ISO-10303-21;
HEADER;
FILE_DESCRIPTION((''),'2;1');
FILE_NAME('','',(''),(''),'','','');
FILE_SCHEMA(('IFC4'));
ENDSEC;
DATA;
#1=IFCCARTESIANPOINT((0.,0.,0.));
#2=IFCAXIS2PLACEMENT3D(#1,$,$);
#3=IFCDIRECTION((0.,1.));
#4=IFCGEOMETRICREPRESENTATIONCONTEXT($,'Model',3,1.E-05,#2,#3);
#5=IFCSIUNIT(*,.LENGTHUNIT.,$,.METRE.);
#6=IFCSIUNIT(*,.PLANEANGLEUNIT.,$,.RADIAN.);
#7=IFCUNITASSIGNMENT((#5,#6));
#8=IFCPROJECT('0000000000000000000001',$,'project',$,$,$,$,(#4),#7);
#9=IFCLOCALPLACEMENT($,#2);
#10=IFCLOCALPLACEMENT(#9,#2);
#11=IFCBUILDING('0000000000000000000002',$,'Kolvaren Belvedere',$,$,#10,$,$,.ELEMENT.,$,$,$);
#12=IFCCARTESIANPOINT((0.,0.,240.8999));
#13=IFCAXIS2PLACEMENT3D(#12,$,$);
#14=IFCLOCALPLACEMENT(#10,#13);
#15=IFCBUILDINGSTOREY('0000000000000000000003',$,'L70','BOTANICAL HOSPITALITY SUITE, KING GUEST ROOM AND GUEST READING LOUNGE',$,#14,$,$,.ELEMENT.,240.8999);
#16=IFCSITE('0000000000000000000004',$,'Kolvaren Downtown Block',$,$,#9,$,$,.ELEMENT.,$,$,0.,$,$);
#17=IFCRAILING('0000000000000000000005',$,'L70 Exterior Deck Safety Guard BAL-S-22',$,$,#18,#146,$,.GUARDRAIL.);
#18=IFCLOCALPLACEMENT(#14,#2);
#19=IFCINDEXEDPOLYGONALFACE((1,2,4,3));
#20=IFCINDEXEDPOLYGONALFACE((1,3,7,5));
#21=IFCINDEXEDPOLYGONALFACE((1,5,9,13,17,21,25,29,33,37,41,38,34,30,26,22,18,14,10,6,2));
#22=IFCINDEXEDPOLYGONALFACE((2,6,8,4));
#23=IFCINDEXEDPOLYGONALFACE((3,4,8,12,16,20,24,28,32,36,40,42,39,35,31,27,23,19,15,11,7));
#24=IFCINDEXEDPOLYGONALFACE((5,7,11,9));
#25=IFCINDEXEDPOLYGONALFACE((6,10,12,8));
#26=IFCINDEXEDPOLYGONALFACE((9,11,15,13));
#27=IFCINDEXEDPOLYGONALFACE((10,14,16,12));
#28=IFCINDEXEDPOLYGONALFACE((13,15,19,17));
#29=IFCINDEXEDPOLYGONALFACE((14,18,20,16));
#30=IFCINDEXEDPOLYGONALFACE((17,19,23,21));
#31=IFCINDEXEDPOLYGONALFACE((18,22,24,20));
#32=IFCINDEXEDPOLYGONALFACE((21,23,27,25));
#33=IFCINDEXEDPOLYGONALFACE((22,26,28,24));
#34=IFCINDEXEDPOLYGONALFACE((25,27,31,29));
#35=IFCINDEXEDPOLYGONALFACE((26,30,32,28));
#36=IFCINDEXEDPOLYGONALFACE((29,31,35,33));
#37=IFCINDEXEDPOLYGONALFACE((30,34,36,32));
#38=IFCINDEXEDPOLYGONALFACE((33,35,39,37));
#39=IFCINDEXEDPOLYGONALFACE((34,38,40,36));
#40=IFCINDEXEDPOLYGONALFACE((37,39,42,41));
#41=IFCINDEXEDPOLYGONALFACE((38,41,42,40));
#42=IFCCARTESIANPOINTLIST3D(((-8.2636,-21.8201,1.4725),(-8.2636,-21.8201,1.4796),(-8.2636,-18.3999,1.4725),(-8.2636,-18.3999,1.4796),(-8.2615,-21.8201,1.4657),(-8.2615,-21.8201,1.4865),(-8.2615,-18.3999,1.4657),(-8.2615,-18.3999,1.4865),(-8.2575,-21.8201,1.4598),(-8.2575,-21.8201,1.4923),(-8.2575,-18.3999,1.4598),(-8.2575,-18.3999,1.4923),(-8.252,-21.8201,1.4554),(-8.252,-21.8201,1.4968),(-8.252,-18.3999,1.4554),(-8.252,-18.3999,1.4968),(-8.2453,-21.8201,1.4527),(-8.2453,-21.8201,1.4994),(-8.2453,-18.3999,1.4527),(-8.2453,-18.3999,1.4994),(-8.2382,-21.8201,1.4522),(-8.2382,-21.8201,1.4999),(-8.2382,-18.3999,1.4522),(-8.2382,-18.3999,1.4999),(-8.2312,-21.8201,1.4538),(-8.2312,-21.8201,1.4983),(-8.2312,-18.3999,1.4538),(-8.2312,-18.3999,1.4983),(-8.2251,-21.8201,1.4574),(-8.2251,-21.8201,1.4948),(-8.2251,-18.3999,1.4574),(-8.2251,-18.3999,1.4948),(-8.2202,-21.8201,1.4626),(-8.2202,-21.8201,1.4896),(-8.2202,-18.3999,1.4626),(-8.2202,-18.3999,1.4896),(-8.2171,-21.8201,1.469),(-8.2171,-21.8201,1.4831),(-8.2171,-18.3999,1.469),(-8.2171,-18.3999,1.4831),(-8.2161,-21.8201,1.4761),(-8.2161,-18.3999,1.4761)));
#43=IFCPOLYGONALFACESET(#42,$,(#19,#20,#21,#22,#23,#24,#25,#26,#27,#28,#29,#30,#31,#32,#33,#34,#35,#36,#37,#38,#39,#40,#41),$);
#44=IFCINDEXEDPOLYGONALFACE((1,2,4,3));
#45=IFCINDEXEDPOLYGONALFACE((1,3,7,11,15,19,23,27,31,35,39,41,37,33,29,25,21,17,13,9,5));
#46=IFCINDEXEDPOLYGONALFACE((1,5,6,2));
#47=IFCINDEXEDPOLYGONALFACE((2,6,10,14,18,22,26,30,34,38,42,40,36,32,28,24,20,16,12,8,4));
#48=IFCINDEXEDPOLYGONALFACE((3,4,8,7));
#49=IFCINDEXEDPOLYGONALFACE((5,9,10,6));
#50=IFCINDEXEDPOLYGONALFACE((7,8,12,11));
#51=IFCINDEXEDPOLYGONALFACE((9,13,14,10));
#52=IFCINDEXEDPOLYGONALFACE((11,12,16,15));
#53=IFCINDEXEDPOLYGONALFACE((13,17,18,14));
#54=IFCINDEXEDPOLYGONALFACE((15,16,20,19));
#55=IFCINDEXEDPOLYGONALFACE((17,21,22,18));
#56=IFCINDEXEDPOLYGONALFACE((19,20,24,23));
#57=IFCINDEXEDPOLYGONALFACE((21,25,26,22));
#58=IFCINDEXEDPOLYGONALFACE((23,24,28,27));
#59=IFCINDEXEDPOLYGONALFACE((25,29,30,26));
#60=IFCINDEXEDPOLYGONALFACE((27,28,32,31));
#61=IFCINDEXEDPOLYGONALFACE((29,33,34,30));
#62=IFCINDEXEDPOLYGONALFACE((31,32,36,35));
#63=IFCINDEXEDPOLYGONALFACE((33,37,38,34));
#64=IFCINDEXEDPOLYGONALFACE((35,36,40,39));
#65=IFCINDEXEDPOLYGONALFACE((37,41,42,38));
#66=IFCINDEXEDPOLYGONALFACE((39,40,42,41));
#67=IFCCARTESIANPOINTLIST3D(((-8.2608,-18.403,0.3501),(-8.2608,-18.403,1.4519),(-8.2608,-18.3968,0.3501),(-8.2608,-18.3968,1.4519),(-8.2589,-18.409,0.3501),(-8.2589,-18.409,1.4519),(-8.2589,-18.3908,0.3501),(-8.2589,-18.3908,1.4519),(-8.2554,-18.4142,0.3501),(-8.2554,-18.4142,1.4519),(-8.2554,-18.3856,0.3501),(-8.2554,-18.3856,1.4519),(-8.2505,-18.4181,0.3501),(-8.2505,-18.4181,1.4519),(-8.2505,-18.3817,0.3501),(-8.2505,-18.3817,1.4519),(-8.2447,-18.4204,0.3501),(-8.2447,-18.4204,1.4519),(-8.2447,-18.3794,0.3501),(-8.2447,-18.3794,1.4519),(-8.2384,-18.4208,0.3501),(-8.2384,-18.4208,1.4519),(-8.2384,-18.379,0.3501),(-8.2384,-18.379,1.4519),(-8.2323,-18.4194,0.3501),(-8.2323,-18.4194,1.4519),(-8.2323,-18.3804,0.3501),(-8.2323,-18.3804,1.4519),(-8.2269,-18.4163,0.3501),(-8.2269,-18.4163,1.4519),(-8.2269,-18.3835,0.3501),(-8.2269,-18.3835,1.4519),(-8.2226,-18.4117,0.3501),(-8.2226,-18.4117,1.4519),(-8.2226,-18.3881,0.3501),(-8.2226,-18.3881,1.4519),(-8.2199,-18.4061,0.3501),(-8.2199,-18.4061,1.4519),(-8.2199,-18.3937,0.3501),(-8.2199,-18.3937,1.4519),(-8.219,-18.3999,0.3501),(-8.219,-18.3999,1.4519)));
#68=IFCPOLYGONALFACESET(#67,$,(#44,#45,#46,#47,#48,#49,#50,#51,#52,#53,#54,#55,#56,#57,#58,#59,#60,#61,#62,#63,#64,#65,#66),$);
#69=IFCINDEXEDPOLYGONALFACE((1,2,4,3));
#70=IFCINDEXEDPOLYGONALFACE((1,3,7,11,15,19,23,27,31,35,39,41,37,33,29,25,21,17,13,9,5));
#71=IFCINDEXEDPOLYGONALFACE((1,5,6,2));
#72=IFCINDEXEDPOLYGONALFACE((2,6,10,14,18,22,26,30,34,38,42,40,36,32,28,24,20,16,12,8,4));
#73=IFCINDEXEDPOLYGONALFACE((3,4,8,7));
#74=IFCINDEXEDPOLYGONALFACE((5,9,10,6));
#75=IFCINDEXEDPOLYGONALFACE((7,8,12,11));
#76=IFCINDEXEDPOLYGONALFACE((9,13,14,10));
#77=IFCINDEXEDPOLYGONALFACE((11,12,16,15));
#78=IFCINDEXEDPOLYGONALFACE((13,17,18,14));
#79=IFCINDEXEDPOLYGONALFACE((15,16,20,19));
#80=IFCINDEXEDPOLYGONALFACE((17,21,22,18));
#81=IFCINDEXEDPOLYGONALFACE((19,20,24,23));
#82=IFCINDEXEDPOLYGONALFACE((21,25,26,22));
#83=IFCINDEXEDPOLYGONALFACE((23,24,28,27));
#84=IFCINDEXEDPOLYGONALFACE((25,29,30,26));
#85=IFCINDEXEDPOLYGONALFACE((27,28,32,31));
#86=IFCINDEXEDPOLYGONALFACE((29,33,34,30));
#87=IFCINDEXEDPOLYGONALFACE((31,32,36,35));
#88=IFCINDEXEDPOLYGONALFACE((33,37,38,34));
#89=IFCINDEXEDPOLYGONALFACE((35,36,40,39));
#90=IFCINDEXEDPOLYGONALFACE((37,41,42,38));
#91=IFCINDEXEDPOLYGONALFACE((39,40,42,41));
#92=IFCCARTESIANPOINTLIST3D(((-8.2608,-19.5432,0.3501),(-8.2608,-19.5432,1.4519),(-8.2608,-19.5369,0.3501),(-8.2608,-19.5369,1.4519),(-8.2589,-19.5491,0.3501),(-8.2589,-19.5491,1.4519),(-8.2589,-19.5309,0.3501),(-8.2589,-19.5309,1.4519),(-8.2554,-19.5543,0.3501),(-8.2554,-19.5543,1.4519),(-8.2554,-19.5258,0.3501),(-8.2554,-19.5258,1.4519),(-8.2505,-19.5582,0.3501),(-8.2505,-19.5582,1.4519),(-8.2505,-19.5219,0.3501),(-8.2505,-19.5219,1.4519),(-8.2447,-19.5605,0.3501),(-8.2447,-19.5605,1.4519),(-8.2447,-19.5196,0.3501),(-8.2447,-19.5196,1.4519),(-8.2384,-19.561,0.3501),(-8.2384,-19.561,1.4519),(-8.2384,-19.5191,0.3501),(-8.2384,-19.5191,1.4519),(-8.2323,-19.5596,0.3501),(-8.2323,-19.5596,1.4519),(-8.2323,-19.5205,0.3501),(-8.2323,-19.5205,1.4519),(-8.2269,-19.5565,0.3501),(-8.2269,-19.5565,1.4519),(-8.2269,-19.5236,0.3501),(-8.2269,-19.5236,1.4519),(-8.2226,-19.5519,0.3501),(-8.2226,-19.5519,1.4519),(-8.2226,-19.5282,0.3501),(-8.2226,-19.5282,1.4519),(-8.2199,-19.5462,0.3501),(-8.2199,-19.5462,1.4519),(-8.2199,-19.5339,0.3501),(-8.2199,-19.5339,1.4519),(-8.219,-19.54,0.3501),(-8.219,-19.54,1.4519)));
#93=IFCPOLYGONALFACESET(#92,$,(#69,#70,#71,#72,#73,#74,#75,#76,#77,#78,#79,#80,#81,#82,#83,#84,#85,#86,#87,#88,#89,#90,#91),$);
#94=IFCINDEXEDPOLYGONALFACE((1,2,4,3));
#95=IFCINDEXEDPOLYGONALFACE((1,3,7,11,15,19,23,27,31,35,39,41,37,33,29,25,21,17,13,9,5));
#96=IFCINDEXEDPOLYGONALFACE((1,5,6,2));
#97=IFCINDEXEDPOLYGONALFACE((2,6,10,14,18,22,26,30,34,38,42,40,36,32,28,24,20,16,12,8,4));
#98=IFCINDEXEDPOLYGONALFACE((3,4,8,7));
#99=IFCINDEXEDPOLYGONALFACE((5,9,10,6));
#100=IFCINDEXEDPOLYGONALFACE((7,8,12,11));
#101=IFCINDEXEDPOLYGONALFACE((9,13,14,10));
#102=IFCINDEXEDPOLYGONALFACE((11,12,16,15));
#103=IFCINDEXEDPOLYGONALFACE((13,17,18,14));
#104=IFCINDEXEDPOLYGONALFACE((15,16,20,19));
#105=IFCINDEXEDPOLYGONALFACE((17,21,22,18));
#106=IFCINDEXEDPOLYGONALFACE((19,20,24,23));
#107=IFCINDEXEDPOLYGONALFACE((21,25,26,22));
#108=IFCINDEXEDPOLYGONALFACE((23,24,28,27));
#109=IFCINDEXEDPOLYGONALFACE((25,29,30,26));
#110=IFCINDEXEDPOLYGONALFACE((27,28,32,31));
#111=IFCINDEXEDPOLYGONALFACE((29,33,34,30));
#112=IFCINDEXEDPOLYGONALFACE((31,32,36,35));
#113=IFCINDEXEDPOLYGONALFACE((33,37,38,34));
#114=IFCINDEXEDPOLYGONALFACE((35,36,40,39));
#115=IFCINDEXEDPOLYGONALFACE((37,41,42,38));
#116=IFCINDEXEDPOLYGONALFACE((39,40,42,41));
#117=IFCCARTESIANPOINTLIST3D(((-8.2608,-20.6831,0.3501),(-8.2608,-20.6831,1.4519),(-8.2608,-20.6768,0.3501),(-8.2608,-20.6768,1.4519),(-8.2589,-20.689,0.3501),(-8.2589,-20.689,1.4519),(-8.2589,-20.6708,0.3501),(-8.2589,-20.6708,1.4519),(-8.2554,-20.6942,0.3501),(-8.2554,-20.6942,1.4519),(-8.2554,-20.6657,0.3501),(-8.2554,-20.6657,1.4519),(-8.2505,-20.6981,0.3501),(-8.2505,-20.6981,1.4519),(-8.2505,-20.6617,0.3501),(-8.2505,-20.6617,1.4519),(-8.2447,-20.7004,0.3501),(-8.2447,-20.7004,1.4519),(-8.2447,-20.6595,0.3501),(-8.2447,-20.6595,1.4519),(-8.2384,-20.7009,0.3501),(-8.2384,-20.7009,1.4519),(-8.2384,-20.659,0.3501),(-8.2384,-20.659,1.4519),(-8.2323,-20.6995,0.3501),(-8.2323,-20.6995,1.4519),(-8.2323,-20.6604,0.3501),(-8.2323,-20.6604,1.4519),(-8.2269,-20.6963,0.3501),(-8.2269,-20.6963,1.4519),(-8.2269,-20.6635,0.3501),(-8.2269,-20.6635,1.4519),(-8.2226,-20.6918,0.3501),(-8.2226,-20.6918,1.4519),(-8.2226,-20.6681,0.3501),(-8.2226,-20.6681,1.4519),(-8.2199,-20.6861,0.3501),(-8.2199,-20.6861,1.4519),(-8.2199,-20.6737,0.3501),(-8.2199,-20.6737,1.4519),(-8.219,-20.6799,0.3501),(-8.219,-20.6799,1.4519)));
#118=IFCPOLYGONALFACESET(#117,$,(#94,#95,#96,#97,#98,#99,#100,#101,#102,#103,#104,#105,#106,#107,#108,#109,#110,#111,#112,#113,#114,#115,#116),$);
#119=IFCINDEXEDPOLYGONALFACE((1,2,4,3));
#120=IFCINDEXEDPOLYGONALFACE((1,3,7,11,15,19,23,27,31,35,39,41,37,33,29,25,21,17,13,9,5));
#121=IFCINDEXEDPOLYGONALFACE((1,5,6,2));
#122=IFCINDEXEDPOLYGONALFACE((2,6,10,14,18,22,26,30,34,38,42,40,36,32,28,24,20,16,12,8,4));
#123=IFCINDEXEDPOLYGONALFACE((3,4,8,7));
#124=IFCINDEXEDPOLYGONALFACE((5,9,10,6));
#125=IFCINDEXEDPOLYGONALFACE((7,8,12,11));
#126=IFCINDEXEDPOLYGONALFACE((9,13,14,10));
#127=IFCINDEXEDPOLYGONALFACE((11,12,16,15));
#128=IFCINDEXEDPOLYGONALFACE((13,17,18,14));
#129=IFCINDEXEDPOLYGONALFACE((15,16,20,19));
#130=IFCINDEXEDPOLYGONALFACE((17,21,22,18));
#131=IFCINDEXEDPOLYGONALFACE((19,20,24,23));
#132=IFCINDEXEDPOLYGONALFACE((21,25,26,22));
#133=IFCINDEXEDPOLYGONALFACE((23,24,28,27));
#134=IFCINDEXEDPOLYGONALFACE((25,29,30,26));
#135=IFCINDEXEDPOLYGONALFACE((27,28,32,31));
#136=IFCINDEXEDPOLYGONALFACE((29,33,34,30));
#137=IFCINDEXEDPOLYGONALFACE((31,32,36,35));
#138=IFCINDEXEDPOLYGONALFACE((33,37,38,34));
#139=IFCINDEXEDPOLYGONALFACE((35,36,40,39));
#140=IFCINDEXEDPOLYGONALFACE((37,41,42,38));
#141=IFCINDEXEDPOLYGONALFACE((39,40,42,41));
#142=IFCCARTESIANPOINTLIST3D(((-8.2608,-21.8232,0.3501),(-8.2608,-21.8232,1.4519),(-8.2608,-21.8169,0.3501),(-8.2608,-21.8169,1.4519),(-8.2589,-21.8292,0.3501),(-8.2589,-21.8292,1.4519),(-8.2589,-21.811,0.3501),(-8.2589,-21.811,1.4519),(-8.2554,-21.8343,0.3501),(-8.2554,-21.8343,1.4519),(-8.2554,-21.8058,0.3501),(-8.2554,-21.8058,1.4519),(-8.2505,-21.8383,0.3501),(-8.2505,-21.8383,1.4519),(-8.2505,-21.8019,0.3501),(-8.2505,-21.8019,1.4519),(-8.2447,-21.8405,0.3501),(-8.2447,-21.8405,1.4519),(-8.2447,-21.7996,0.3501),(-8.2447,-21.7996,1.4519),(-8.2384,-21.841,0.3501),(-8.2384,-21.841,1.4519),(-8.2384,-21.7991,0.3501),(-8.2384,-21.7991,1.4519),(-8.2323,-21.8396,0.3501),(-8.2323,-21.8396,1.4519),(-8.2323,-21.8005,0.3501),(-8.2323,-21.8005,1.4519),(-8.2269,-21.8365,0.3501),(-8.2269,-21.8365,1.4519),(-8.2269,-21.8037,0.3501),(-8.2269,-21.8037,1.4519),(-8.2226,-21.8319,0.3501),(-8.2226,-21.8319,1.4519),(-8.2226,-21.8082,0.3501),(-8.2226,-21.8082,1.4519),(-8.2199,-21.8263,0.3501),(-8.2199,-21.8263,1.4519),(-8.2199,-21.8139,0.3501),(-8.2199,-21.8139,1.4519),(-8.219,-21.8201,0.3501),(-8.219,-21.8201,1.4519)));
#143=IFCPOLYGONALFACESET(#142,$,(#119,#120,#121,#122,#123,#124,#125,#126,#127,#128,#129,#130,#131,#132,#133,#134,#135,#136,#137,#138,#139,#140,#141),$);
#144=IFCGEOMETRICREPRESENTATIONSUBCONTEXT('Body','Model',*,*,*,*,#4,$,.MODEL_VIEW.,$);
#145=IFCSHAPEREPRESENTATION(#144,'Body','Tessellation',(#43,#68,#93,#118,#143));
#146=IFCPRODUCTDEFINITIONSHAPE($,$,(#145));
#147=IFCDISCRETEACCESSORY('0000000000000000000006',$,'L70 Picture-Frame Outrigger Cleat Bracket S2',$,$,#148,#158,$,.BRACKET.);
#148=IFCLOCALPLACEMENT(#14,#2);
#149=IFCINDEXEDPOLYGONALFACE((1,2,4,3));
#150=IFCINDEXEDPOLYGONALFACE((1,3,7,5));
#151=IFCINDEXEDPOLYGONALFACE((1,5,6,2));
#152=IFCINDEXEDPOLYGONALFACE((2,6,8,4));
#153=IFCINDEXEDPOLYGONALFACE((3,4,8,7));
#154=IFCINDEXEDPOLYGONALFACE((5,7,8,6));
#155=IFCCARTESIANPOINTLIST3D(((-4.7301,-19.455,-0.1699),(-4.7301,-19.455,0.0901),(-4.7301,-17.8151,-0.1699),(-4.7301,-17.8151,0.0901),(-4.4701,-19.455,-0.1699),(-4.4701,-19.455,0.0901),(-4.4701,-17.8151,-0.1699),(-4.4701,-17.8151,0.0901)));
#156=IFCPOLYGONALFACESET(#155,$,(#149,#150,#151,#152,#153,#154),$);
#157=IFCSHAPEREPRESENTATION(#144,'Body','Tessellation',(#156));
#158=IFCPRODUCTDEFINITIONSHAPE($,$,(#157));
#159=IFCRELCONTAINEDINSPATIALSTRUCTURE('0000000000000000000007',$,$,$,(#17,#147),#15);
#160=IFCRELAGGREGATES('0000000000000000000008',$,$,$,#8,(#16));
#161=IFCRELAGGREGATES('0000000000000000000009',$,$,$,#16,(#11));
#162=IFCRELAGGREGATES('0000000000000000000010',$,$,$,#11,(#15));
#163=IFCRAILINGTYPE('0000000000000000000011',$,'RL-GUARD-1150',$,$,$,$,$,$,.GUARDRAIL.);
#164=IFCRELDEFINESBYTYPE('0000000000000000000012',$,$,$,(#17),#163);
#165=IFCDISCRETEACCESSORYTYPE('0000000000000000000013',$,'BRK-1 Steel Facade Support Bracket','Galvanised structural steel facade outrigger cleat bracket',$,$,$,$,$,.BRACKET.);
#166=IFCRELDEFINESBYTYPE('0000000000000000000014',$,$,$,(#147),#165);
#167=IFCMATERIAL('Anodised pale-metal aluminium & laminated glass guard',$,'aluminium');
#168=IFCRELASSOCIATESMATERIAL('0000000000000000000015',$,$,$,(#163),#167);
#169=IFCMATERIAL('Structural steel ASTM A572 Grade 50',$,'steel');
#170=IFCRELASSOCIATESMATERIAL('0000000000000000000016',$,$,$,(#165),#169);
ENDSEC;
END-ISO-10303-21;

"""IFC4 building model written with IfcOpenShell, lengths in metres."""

from ifc_helpers import new_model, si_unit, direction, frame, origin, origin_2d, place, context, subcontext, project, spatial, rectangle, circle, extrude, material, type_object, element, save


model = new_model("IFC4")

# Units and contexts
model_context = context("Model", 3, precision=1e-05, world=origin(), true_north=direction((0.0, 1.0)))
body_context = subcontext(model_context, "Body", "Model", "MODEL_VIEW")
ifc_project = project(units=[si_unit("LENGTHUNIT", "METRE"), si_unit("PLANEANGLEUNIT", "RADIAN")], contexts=[model_context])

# Site, building, storey
site_placement = place(None, origin())
site = spatial("IfcSite", under=ifc_project, at=site_placement, Name="Kolvaren Downtown Block", CompositionType="ELEMENT", RefElevation=0.0)
building_placement = place(site_placement, origin())
building = spatial("IfcBuilding", under=site, at=building_placement, Name="Kolvaren Belvedere", CompositionType="ELEMENT")
storey_placement = place(building_placement, frame((0.0, 0.0, 240.8999)))
storey = spatial("IfcBuildingStorey", under=building, at=storey_placement, Name="L70", Description="BOTANICAL HOSPITALITY SUITE, KING GUEST ROOM AND GUEST READING LOUNGE", CompositionType="ELEMENT", Elevation=240.8999)

# Railing
ifc_material_1 = material(Name="Anodised pale-metal aluminium & laminated glass guard", Category="aluminium")
railing_type = type_object("IfcRailingType", Name="RL-GUARD-1150", PredefinedType="GUARDRAIL", material=ifc_material_1)
railing_1_placement = place(storey_placement, frame((-8.24, -18.3999, 0.3501)))
element("IfcRailing", 1, at=railing_1_placement, inside=storey, type_object=railing_type, Name="L70 Exterior Deck Safety Guard BAL-S-22", PredefinedType="GUARDRAIL", context=body_context, shape_type="SweptSolid", body=[
    extrude(circle(Radius=0.0239, at=origin_2d()), frame((0.0, 0.0, 1.126), z_axis=(0.0, -1.0, 0.0), x_axis=(1.0, 0.0, 0.0)), (0.0, 0.0, 1.0), 3.4202),
    extrude(circle(Radius=0.021, at=origin_2d()), origin(), (0.0, 0.0, 1.0), 1.1018),
    extrude(circle(Radius=0.021, at=origin_2d()), frame((0.0, -1.1401, 0.0)), (0.0, 0.0, 1.0), 1.1018),
    extrude(circle(Radius=0.021, at=origin_2d()), frame((0.0, -2.28, 0.0)), (0.0, 0.0, 1.0), 1.1018),
    extrude(circle(Radius=0.021, at=origin_2d()), frame((0.0, -3.4202, 0.0)), (0.0, 0.0, 1.0), 1.1018),
])

# Discrete accessory
ifc_material_2 = material(Name="Structural steel ASTM A572 Grade 50", Category="steel")
discrete_accessory_type = type_object("IfcDiscreteAccessoryType", Name="BRK-1 Steel Facade Support Bracket", Description="Galvanised structural steel facade outrigger cleat bracket", PredefinedType="BRACKET", material=ifc_material_2)
discrete_accessory_placement = place(storey_placement, frame((-4.6001, -18.635, -0.1699), z_axis=(0.0, 0.0, 1.0), x_axis=(0.0, 1.0, 0.0)))
element("IfcDiscreteAccessory", 2, at=discrete_accessory_placement, inside=storey, type_object=discrete_accessory_type, Name="L70 Picture-Frame Outrigger Cleat Bracket S2", PredefinedType="BRACKET", context=body_context, shape_type="SweptSolid", body=[
    extrude(rectangle(XDim=1.6399, YDim=0.26, at=origin_2d()), origin(), (0.0, 0.0, 1.0), 0.26),
])

save(model, "model.ifc")
